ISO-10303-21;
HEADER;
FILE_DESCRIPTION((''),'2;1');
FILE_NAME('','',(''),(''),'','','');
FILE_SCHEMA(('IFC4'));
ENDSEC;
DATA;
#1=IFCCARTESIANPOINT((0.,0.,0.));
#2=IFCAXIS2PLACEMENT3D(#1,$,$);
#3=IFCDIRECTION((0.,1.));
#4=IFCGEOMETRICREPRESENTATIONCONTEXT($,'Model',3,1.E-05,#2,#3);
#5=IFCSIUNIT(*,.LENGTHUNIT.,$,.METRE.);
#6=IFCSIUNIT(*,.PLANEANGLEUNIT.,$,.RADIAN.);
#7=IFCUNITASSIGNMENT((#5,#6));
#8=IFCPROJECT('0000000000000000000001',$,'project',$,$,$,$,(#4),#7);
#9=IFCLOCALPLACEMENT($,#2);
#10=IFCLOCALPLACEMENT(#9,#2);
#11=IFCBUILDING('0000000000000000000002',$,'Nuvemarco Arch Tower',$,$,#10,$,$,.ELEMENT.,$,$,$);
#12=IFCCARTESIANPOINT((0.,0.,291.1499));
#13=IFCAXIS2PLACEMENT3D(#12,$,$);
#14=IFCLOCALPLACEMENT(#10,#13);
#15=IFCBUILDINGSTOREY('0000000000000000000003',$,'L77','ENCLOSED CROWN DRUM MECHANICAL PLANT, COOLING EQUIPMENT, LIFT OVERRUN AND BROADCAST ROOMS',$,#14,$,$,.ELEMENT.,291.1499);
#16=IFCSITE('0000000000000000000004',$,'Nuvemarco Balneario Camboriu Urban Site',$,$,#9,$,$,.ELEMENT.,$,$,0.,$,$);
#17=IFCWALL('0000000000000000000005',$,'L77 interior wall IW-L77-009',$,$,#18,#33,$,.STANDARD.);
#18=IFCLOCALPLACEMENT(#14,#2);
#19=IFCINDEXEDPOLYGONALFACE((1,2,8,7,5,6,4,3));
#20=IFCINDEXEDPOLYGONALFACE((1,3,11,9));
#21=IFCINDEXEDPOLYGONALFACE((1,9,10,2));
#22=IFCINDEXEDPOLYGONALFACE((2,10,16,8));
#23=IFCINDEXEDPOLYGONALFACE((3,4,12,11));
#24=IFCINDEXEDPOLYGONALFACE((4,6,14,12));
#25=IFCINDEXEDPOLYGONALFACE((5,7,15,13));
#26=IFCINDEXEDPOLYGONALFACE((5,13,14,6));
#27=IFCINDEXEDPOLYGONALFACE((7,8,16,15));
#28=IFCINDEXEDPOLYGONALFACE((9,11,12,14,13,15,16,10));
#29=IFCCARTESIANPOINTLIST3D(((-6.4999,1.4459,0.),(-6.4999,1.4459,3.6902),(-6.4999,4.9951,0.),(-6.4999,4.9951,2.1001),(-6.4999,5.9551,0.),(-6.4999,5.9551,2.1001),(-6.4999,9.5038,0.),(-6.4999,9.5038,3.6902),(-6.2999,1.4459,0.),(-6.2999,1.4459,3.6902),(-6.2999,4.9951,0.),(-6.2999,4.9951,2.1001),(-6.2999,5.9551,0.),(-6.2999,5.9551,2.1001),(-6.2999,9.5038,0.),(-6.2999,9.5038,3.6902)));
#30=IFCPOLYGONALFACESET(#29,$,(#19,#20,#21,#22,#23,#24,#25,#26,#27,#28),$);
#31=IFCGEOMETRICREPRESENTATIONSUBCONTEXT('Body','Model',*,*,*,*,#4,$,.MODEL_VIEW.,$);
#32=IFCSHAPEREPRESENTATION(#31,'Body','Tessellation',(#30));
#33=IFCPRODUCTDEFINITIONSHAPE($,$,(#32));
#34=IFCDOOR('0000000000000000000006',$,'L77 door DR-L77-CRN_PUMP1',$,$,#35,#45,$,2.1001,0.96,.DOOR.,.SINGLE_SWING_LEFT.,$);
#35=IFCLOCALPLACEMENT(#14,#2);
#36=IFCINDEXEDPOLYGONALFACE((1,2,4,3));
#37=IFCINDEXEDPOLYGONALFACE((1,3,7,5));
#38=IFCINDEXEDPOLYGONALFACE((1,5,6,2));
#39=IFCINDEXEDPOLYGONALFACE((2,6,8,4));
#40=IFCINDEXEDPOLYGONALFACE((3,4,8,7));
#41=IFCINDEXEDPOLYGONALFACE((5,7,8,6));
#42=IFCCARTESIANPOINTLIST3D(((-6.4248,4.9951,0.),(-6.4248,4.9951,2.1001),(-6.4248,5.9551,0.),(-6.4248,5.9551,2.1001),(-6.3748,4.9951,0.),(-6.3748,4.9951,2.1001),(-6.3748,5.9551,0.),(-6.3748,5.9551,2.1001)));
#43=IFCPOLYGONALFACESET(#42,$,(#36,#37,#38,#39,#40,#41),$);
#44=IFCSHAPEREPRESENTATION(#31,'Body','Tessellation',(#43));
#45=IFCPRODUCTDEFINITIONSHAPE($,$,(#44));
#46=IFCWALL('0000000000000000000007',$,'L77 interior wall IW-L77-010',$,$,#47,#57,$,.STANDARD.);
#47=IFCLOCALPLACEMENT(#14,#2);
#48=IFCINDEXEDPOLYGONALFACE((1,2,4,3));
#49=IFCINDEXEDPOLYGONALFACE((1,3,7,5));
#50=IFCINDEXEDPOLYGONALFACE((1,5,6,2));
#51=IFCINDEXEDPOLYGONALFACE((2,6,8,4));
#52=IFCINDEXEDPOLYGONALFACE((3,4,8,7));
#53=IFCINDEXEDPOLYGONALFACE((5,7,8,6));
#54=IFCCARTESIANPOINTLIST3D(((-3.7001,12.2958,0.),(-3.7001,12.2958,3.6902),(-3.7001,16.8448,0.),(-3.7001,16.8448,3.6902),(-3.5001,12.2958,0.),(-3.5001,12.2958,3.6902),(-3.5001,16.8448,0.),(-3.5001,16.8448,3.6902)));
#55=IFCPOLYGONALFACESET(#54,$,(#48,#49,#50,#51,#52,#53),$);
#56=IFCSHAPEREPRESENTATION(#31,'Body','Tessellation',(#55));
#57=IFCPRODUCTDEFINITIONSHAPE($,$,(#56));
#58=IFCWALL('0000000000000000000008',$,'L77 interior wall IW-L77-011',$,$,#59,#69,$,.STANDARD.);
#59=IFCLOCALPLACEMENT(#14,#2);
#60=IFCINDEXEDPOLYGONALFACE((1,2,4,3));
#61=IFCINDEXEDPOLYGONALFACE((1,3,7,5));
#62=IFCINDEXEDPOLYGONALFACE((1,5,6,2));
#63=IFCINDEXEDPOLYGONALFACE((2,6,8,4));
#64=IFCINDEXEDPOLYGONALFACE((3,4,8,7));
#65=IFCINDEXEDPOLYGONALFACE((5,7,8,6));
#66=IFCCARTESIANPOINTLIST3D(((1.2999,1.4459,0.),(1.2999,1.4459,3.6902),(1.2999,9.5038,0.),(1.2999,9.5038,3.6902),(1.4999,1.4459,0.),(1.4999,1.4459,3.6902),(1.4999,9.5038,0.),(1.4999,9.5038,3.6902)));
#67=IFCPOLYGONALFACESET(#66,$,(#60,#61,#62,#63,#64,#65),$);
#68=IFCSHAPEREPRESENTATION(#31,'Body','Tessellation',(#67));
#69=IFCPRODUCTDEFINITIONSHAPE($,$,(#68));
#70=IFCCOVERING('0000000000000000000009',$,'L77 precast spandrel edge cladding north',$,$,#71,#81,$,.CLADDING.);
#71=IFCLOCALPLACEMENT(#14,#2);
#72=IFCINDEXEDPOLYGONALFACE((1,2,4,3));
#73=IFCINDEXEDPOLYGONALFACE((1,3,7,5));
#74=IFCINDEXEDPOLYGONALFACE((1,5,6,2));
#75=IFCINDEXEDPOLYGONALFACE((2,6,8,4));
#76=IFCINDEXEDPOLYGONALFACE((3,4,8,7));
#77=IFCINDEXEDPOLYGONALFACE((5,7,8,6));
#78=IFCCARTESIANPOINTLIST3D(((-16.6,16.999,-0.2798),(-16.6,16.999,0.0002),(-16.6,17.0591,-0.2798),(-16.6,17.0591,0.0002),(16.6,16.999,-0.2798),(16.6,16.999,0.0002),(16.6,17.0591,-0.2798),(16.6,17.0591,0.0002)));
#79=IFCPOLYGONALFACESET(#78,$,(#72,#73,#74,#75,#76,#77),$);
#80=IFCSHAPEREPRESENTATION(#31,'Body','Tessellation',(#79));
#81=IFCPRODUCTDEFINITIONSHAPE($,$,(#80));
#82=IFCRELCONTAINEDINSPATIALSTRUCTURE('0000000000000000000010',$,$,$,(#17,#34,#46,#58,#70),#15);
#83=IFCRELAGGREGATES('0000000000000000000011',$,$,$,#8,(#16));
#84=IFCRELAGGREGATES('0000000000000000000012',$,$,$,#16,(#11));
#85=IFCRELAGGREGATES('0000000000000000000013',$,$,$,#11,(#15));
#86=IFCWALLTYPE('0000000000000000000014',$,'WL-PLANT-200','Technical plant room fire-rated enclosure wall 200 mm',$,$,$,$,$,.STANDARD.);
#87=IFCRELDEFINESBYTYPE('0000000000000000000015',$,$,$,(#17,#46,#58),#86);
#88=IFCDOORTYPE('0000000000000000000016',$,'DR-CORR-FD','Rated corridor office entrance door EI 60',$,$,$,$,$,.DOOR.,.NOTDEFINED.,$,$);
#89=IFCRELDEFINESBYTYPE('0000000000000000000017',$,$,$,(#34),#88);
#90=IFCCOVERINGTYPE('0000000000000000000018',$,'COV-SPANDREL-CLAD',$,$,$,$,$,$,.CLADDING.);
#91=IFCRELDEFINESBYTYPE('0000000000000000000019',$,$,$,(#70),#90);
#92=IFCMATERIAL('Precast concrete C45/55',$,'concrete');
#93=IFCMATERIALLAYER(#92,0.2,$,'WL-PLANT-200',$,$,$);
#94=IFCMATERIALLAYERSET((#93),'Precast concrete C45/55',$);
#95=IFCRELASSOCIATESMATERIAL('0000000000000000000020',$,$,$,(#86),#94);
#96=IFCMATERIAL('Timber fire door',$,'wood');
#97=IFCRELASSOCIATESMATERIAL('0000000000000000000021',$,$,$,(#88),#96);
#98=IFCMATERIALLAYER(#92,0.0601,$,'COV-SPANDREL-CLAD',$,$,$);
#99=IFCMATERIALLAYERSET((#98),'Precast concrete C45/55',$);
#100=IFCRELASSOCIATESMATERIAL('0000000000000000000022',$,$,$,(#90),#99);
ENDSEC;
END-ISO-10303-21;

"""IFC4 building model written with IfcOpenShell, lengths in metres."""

from ifc_helpers import new_model, si_unit, direction, frame, frame_2d, origin, origin_2d, place, context, subcontext, project, spatial, rectangle, extrude, source, transform, mapped, material, layer, layer_set, type_object, type_shapes, element, fill, save


model = new_model("IFC4")

# Units and contexts
model_context = context("Model", 3, precision=1e-05, world=origin(), true_north=direction((0.0, 1.0)))
body_context = subcontext(model_context, "Body", "Model", "MODEL_VIEW")
ifc_project = project(units=[si_unit("LENGTHUNIT", "METRE"), si_unit("PLANEANGLEUNIT", "RADIAN")], contexts=[model_context])

# Site, building, storey
site_placement = place(None, origin())
site = spatial("IfcSite", under=ifc_project, at=site_placement, Name="Nuvemarco Balneario Camboriu Urban Site", CompositionType="ELEMENT", RefElevation=0.0)
building_placement = place(site_placement, origin())
building = spatial("IfcBuilding", under=site, at=building_placement, Name="Nuvemarco Arch Tower", CompositionType="ELEMENT")
storey_placement = place(building_placement, frame((0.0, 0.0, 291.1499)))
storey = spatial("IfcBuildingStorey", under=building, at=storey_placement, Name="L77", Description="ENCLOSED CROWN DRUM MECHANICAL PLANT, COOLING EQUIPMENT, LIFT OVERRUN AND BROADCAST ROOMS", CompositionType="ELEMENT", Elevation=291.1499)

# Shared definitions
ifc_material_1 = material(Name="Precast concrete C45/55", Category="concrete")

# Wall, opening, door
ifc_layer_1 = layer(ifc_material_1, 0.2, Name="WL-PLANT-200")
ifc_layer_set_1 = layer_set([ifc_layer_1], Name="Precast concrete C45/55")
wall_type_1 = type_object("IfcWallType", Name="WL-PLANT-200", Description="Technical plant room fire-rated enclosure wall 200 mm", PredefinedType="STANDARD", material=ifc_layer_set_1)
wall_1_placement = place(storey_placement, frame((-6.3999, 1.446, 0.0), z_axis=(0.0, 0.0, 1.0), x_axis=(0.0, 1.0, 0.0)))
wall_1 = element("IfcWall", 1, at=wall_1_placement, inside=storey, type_object=wall_type_1, Name="L77 interior wall IW-L77-009", PredefinedType="STANDARD", context=body_context, shape_type="SweptSolid", body=[
    extrude(rectangle(XDim=8.0579, YDim=0.2, at=frame_2d((4.0288, 0.0))), origin(), (0.0, 0.0, 1.0), 3.6902),
])
opening_placement = place(wall_1_placement, frame((3.5491, 0.0, 0.0)))
opening = element("IfcOpeningElement", 2, at=opening_placement, cuts=wall_1, PredefinedType="OPENING", context=body_context, shape_type="SweptSolid", body=[
    extrude(rectangle(XDim=0.96, YDim=2.1001, at=frame_2d((0.48, 1.05))), frame((0.0, 0.1099, 0.0), z_axis=(0.0, -1.0, 0.0), x_axis=(1.0, 0.0, 0.0)), (0.0, 0.0, 1.0), 0.22),
])
ifc_material_2 = material(Name="Timber fire door", Category="wood")
door_type = type_object("IfcDoorType", Name="DR-CORR-FD", Description="Rated corridor office entrance door EI 60", OperationType="NOTDEFINED", PredefinedType="DOOR", material=ifc_material_2)
shared_shape_1 = source(origin(), body_context, "Body", "SweptSolid", [
    extrude(rectangle(XDim=0.96, YDim=2.1001, at=frame_2d((0.48, 1.05))), frame((0.0, 0.0249, 0.0), z_axis=(0.0, -1.0, 0.0), x_axis=(1.0, 0.0, 0.0)), (0.0, 0.0, 1.0), 0.05),
])
type_shapes(door_type, [shared_shape_1])
door_placement = place(opening_placement, origin())
door = element("IfcDoor", 3, at=door_placement, inside=storey, type_object=door_type, Name="L77 door DR-L77-CRN_PUMP1", OperationType="SINGLE_SWING_LEFT", OverallHeight=2.1001, OverallWidth=0.96, PredefinedType="DOOR", context=body_context, shape_type="MappedRepresentation", body=[
    mapped(shared_shape_1, transform((0.0, 0.0, 0.0), scale=1.0)),
])
fill(opening, door)

# Walls
wall_2_placement = place(storey_placement, frame((-3.6001, 12.2959, 0.0), z_axis=(0.0, 0.0, 1.0), x_axis=(0.0, 1.0, 0.0)))
element("IfcWall", 4, at=wall_2_placement, inside=storey, type_object=wall_type_1, Name="L77 interior wall IW-L77-010", PredefinedType="STANDARD", context=body_context, shape_type="SweptSolid", body=[
    extrude(rectangle(XDim=4.5491, YDim=0.2, at=frame_2d((2.2744, 0.0))), origin(), (0.0, 0.0, 1.0), 3.6902),
])
wall_3_placement = place(storey_placement, frame((1.3999, 1.446, 0.0), z_axis=(0.0, 0.0, 1.0), x_axis=(0.0, 1.0, 0.0)))
element("IfcWall", 5, at=wall_3_placement, inside=storey, type_object=wall_type_1, Name="L77 interior wall IW-L77-011", PredefinedType="STANDARD", context=body_context, shape_type="SweptSolid", body=[
    extrude(rectangle(XDim=8.0579, YDim=0.2, at=frame_2d((4.0288, 0.0))), origin(), (0.0, 0.0, 1.0), 3.6902),
])

# Covering
ifc_layer_2 = layer(ifc_material_1, 0.0601, Name="COV-SPANDREL-CLAD")
ifc_layer_set_2 = layer_set([ifc_layer_2], Name="Precast concrete C45/55")
covering_type = type_object("IfcCoveringType", Name="COV-SPANDREL-CLAD", PredefinedType="CLADDING", material=ifc_layer_set_2)
shared_shape_2 = source(origin(), body_context, "Body", "SweptSolid", [
    extrude(rectangle(XDim=33.2, YDim=0.0601, at=origin_2d()), origin(), (0.0, 0.0, 1.0), 0.28),
])
type_shapes(covering_type, [shared_shape_2])
covering_placement = place(storey_placement, frame((0.0, 17.0291, -0.2798), z_axis=(0.0, 0.0, 1.0), x_axis=(1.0, 0.0, 0.0)))
element("IfcCovering", 6, at=covering_placement, inside=storey, type_object=covering_type, Name="L77 precast spandrel edge cladding north", PredefinedType="CLADDING", context=body_context, shape_type="MappedRepresentation", body=[
    mapped(shared_shape_2, transform((0.0, 0.0, 0.0), scale=1.0)),
])

save(model, "model.ifc")
